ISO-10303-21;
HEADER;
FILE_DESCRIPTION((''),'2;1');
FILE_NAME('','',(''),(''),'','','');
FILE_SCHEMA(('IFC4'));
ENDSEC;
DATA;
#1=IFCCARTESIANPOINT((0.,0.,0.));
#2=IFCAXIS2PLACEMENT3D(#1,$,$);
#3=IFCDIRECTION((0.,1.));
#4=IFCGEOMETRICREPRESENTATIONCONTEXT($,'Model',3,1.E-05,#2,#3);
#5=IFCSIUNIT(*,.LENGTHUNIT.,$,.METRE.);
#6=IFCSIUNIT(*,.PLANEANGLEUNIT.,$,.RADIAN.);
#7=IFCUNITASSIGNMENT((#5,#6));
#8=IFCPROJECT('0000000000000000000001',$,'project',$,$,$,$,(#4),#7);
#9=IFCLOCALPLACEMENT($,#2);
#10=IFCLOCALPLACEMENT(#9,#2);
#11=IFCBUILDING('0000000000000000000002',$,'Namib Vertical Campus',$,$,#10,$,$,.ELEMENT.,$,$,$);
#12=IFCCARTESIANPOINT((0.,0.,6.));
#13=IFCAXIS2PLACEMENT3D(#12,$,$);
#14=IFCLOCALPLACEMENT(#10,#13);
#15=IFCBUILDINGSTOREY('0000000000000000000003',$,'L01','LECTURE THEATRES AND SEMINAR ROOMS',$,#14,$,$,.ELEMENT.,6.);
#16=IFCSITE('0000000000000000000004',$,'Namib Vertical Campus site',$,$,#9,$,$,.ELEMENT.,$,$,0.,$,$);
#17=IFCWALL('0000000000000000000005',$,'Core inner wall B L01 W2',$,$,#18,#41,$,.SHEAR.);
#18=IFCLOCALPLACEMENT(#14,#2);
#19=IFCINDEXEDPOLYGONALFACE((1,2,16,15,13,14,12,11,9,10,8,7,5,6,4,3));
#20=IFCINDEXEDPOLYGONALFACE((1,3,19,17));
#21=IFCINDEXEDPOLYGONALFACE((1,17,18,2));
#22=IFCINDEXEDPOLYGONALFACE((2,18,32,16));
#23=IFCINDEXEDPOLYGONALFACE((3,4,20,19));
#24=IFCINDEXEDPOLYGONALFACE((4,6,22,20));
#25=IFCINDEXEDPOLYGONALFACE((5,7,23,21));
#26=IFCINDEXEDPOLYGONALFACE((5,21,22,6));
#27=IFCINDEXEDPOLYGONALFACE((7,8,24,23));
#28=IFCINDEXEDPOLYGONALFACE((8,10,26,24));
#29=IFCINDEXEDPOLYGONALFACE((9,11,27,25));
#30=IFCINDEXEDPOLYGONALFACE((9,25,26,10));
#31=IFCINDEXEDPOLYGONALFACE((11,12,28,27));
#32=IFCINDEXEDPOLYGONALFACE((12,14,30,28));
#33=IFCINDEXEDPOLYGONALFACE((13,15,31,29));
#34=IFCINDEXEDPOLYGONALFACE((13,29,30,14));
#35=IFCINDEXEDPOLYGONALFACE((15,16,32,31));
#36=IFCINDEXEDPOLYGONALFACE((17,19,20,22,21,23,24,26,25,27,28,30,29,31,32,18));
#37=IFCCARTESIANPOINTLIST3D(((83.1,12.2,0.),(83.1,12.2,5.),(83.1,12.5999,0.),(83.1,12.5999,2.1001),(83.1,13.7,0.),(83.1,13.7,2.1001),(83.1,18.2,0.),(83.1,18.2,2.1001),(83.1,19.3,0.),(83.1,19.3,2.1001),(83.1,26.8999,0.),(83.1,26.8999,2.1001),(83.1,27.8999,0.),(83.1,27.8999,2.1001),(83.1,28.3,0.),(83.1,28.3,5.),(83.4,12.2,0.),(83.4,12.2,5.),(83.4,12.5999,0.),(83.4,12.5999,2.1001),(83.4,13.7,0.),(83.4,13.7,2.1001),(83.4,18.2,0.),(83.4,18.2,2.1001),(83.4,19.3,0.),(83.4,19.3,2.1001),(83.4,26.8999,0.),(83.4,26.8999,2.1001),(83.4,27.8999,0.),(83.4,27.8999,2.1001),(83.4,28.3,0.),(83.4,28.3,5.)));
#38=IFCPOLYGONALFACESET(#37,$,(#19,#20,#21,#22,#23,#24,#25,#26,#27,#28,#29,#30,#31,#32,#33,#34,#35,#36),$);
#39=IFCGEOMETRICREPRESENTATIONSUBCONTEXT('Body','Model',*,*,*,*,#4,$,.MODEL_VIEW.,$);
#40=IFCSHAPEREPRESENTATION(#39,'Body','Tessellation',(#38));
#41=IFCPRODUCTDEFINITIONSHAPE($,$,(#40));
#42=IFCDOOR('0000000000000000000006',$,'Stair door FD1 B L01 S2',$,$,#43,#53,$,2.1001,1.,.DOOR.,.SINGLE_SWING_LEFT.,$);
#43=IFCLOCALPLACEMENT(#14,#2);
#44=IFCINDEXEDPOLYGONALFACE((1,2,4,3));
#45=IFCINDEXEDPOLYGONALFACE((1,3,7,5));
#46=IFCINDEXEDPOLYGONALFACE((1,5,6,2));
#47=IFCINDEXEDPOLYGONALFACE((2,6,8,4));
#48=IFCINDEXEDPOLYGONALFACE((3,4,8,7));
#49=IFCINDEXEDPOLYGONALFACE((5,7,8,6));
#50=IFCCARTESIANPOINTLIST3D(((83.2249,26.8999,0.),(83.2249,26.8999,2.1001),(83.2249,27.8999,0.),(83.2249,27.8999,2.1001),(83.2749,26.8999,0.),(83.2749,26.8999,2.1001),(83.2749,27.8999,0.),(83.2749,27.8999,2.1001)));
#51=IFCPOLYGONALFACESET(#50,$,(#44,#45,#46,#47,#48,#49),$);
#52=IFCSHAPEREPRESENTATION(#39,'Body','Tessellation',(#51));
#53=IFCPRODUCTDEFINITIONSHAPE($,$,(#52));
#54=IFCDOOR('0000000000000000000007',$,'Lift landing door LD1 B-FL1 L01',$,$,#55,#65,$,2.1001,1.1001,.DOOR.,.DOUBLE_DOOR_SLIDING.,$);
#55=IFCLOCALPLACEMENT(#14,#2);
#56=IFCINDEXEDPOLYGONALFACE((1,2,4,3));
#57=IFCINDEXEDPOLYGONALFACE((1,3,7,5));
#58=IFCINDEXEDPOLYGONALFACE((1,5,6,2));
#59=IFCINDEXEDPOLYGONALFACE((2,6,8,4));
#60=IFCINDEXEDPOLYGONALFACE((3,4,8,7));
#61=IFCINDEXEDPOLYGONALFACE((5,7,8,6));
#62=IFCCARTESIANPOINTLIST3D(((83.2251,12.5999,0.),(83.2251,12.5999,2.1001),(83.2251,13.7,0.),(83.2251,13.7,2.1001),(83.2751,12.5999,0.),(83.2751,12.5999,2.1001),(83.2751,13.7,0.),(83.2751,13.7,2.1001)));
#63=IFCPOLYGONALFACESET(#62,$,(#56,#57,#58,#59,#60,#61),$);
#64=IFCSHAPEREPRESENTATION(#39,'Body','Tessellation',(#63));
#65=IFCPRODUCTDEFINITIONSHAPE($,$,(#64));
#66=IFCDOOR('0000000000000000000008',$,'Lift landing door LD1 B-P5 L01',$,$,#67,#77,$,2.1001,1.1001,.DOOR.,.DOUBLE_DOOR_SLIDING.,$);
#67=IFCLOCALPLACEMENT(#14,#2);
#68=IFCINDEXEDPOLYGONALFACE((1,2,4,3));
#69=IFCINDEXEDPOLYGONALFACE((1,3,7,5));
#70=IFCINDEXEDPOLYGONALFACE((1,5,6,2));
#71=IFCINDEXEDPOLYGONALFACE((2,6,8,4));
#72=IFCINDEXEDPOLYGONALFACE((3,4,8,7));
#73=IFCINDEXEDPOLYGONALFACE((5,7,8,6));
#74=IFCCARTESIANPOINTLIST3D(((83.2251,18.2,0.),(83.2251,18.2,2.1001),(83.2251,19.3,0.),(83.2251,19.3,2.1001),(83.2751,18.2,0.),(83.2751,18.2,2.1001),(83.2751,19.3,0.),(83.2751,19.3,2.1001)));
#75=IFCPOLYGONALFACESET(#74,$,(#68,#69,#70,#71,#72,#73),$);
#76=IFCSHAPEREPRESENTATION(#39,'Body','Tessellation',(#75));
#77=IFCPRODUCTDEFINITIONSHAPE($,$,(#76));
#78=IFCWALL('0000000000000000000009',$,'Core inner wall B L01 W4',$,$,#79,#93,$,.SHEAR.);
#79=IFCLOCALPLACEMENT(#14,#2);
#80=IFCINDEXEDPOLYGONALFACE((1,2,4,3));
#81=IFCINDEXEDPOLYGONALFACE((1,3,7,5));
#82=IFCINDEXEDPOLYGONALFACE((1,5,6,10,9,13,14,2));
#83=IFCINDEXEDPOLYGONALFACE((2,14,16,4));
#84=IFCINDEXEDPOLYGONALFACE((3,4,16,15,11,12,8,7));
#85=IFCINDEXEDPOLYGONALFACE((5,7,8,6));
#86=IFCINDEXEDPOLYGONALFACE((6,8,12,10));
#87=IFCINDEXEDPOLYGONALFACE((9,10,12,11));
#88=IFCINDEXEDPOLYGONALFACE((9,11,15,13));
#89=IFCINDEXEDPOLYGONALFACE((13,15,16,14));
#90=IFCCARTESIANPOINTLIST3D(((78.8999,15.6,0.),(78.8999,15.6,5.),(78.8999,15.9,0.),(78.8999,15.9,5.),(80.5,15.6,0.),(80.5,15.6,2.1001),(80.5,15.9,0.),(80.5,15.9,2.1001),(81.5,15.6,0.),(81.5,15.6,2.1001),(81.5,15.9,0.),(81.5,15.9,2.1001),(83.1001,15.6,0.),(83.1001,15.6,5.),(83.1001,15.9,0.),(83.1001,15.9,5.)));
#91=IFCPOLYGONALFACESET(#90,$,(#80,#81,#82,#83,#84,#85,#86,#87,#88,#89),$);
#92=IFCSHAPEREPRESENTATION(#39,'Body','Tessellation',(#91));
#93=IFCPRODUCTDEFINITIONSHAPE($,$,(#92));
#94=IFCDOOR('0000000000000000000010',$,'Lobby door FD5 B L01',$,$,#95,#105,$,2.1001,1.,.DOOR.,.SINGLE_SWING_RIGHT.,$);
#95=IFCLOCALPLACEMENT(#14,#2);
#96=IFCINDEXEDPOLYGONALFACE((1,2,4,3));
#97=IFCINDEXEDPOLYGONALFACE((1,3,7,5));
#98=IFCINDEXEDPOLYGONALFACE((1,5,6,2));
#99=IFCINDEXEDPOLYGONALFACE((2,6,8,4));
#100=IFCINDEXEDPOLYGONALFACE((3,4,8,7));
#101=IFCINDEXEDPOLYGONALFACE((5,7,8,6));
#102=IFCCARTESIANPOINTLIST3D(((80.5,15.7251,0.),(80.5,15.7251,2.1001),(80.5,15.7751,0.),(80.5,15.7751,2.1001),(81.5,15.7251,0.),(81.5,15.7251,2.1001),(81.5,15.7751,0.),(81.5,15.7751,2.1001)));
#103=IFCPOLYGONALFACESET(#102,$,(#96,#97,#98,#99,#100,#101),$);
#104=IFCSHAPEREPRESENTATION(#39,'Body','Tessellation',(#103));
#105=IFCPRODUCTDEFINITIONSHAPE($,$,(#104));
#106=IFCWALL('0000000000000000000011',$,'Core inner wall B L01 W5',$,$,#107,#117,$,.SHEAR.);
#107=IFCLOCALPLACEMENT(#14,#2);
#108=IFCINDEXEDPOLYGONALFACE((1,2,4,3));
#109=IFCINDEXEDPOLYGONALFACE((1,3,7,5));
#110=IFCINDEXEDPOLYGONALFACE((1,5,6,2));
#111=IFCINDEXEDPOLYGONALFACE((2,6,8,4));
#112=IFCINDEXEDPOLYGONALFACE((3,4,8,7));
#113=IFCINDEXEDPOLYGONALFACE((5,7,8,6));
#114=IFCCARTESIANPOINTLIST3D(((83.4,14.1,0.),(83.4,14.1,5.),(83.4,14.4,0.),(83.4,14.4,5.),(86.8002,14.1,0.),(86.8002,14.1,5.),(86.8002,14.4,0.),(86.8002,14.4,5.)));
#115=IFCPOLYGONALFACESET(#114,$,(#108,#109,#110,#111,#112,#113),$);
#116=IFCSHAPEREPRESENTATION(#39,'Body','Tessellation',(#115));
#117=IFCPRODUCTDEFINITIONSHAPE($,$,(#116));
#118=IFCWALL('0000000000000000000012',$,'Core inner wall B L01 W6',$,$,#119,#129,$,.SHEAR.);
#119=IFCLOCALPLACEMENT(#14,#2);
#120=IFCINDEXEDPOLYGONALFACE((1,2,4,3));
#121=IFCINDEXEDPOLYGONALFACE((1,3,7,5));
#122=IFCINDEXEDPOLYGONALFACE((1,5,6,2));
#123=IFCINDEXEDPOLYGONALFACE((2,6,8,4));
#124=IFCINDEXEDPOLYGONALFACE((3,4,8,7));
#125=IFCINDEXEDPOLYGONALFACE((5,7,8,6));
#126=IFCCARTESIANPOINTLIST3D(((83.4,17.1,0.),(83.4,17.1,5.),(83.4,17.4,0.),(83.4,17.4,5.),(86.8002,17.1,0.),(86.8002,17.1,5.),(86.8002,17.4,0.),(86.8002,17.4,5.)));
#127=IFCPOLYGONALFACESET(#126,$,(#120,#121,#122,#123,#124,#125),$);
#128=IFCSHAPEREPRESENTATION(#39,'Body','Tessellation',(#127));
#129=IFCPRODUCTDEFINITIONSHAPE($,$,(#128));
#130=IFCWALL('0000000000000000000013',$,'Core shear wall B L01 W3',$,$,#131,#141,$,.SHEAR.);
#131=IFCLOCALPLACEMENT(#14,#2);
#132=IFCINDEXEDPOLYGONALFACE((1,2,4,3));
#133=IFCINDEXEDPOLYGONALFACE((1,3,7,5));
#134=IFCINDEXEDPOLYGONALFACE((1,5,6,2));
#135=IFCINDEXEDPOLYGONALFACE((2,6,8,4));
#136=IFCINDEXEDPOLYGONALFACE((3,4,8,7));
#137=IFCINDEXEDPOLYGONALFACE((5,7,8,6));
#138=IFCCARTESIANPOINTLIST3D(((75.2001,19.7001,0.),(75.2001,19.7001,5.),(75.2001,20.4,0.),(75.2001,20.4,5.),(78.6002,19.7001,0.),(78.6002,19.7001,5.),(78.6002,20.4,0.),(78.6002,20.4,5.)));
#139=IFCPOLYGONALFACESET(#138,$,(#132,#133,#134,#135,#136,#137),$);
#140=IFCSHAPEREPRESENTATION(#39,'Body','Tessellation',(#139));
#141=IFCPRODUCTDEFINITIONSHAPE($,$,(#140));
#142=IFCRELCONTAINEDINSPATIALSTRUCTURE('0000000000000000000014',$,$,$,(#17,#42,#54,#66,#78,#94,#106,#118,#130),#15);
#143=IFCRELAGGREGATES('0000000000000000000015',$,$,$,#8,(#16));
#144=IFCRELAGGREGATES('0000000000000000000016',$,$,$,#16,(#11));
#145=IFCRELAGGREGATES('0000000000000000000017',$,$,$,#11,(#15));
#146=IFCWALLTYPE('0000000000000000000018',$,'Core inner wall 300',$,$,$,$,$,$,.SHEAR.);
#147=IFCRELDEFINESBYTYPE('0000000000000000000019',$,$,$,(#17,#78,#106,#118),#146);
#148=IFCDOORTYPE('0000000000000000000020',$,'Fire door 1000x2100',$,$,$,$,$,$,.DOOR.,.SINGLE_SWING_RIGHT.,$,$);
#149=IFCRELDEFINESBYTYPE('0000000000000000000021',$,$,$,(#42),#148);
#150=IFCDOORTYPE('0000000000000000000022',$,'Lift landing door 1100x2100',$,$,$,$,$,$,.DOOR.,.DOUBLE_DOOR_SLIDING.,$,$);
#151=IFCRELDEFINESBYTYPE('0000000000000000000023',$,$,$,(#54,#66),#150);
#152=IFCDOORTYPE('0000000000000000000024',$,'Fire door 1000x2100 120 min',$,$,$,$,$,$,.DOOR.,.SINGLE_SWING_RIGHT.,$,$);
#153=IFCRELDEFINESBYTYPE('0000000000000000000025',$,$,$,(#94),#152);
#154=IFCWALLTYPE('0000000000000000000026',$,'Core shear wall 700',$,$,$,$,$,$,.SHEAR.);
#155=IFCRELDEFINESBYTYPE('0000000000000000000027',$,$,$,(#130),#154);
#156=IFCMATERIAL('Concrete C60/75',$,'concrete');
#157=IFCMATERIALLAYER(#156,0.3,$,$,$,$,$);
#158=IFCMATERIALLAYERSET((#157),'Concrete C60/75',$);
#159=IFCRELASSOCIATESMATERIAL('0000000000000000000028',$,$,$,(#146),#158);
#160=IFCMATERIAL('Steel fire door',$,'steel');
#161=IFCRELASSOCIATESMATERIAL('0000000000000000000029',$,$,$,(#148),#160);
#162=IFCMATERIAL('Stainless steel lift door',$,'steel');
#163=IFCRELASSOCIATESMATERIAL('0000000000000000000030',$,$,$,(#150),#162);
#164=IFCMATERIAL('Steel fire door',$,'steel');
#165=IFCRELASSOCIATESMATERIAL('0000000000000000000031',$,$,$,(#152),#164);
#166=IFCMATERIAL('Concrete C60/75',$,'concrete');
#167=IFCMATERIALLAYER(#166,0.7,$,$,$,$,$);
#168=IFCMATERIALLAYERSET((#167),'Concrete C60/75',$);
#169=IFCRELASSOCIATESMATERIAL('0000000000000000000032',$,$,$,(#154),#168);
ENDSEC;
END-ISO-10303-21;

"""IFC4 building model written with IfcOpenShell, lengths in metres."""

from ifc_helpers import new_model, si_unit, direction, frame, frame_2d, origin, place, context, subcontext, project, spatial, rectangle, extrude, material, layer, layer_set, type_object, element, fill, save


model = new_model("IFC4")

# Units and contexts
model_context = context("Model", 3, precision=1e-05, world=origin(), true_north=direction((0.0, 1.0)))
body_context = subcontext(model_context, "Body", "Model", "MODEL_VIEW")
ifc_project = project(units=[si_unit("LENGTHUNIT", "METRE"), si_unit("PLANEANGLEUNIT", "RADIAN")], contexts=[model_context])

# Site, building, storey
site_placement = place(None, origin())
site = spatial("IfcSite", under=ifc_project, at=site_placement, Name="Namib Vertical Campus site", CompositionType="ELEMENT", RefElevation=0.0)
building_placement = place(site_placement, origin())
building = spatial("IfcBuilding", under=site, at=building_placement, Name="Namib Vertical Campus", CompositionType="ELEMENT")
storey_placement = place(building_placement, frame((0.0, 0.0, 6.0)))
storey = spatial("IfcBuildingStorey", under=building, at=storey_placement, Name="L01", Description="LECTURE THEATRES AND SEMINAR ROOMS", CompositionType="ELEMENT", Elevation=6.0)

# Wall, openings, doors
ifc_material_1 = material(Name="Concrete C60/75", Category="concrete")
ifc_layer_1 = layer(ifc_material_1, 0.3)
ifc_layer_set_1 = layer_set([ifc_layer_1], Name="Concrete C60/75")
wall_type_1 = type_object("IfcWallType", Name="Core inner wall 300", PredefinedType="SHEAR", material=ifc_layer_set_1)
ifc_material_2 = material(Name="Steel fire door", Category="steel")
door_type_1 = type_object("IfcDoorType", Name="Fire door 1000x2100", OperationType="SINGLE_SWING_RIGHT", PredefinedType="DOOR", material=ifc_material_2)
ifc_material_3 = material(Name="Stainless steel lift door", Category="steel")
door_type_2 = type_object("IfcDoorType", Name="Lift landing door 1100x2100", OperationType="DOUBLE_DOOR_SLIDING", PredefinedType="DOOR", material=ifc_material_3)
wall_1_placement = place(storey_placement, frame((83.25, 12.2, 0.0), z_axis=(0.0, 0.0, 1.0), x_axis=(0.0, 1.0, 0.0)))
wall_1 = element("IfcWall", 1, at=wall_1_placement, inside=storey, type_object=wall_type_1, Name="Core inner wall B L01 W2", PredefinedType="SHEAR", context=body_context, shape_type="SweptSolid", body=[
    extrude(rectangle(XDim=16.1001, YDim=0.3, at=frame_2d((8.05, 0.0))), origin(), (0.0, 0.0, 1.0), 5.0),
])
opening_1_placement = place(wall_1_placement, frame((14.7, 0.0, 0.0)))
opening_1 = element("IfcOpeningElement", 2, at=opening_1_placement, cuts=wall_1, PredefinedType="OPENING", context=body_context, shape_type="SweptSolid", body=[
    extrude(rectangle(XDim=1.0, YDim=2.1001, at=frame_2d((0.5, 1.05))), frame((0.0, 0.1599, 0.0), z_axis=(0.0, -1.0, 0.0), x_axis=(1.0, 0.0, 0.0)), (0.0, 0.0, 1.0), 0.3201),
])
opening_2_placement = place(wall_1_placement, frame((0.3999, 0.0, 0.0)))
opening_2 = element("IfcOpeningElement", 3, at=opening_2_placement, cuts=wall_1, PredefinedType="OPENING", context=body_context, shape_type="SweptSolid", body=[
    extrude(rectangle(XDim=1.1001, YDim=2.1001, at=frame_2d((0.55, 1.05))), frame((0.0, 0.1599, 0.0), z_axis=(0.0, -1.0, 0.0), x_axis=(1.0, 0.0, 0.0)), (0.0, 0.0, 1.0), 0.3201),
])
opening_3_placement = place(wall_1_placement, frame((6.0, 0.0, 0.0)))
opening_3 = element("IfcOpeningElement", 4, at=opening_3_placement, cuts=wall_1, PredefinedType="OPENING", context=body_context, shape_type="SweptSolid", body=[
    extrude(rectangle(XDim=1.1001, YDim=2.1001, at=frame_2d((0.55, 1.05))), frame((0.0, 0.1599, 0.0), z_axis=(0.0, -1.0, 0.0), x_axis=(1.0, 0.0, 0.0)), (0.0, 0.0, 1.0), 0.3201),
])
door_1_placement = place(opening_1_placement, frame((1.0, 0.0, 0.0), z_axis=(0.0, 0.0, 1.0), x_axis=(-1.0, 0.0, 0.0)))
door_1 = element("IfcDoor", 5, at=door_1_placement, inside=storey, type_object=door_type_1, Name="Stair door FD1 B L01 S2", OperationType="SINGLE_SWING_LEFT", OverallHeight=2.1001, OverallWidth=1.0, PredefinedType="DOOR", context=body_context, shape_type="SweptSolid", body=[
    extrude(rectangle(XDim=1.0, YDim=2.1001, at=frame_2d((0.5, 1.05))), frame((0.0, 0.0249, 0.0), z_axis=(0.0, -1.0, 0.0), x_axis=(1.0, 0.0, 0.0)), (0.0, 0.0, 1.0), 0.05),
])
fill(opening_1, door_1)
door_2_placement = place(opening_2_placement, origin())
door_2 = element("IfcDoor", 6, at=door_2_placement, inside=storey, type_object=door_type_2, Name="Lift landing door LD1 B-FL1 L01", OperationType="DOUBLE_DOOR_SLIDING", OverallHeight=2.1001, OverallWidth=1.1001, PredefinedType="DOOR", context=body_context, shape_type="SweptSolid", body=[
    extrude(rectangle(XDim=1.1001, YDim=2.1001, at=frame_2d((0.55, 1.05))), frame((0.0, 0.0249, 0.0), z_axis=(0.0, -1.0, 0.0), x_axis=(1.0, 0.0, 0.0)), (0.0, 0.0, 1.0), 0.05),
])
fill(opening_2, door_2)
door_3_placement = place(opening_3_placement, origin())
door_3 = element("IfcDoor", 7, at=door_3_placement, inside=storey, type_object=door_type_2, Name="Lift landing door LD1 B-P5 L01", OperationType="DOUBLE_DOOR_SLIDING", OverallHeight=2.1001, OverallWidth=1.1001, PredefinedType="DOOR", context=body_context, shape_type="SweptSolid", body=[
    extrude(rectangle(XDim=1.1001, YDim=2.1001, at=frame_2d((0.55, 1.05))), frame((0.0, 0.0249, 0.0), z_axis=(0.0, -1.0, 0.0), x_axis=(1.0, 0.0, 0.0)), (0.0, 0.0, 1.0), 0.05),
])
fill(opening_3, door_3)

# Wall, opening, door
wall_2_placement = place(storey_placement, frame((78.8999, 15.75, 0.0), z_axis=(0.0, 0.0, 1.0), x_axis=(1.0, 0.0, 0.0)))
wall_2 = element("IfcWall", 8, at=wall_2_placement, inside=storey, type_object=wall_type_1, Name="Core inner wall B L01 W4", PredefinedType="SHEAR", context=body_context, shape_type="SweptSolid", body=[
    extrude(rectangle(XDim=4.2002, YDim=0.3, at=frame_2d((2.1001, 0.0))), origin(), (0.0, 0.0, 1.0), 5.0),
])
opening_4_placement = place(wall_2_placement, frame((1.6001, 0.0, 0.0)))
opening_4 = element("IfcOpeningElement", 9, at=opening_4_placement, cuts=wall_2, PredefinedType="OPENING", context=body_context, shape_type="SweptSolid", body=[
    extrude(rectangle(XDim=1.0, YDim=2.1001, at=frame_2d((0.5, 1.05))), frame((0.0, 0.1599, 0.0), z_axis=(0.0, -1.0, 0.0), x_axis=(1.0, 0.0, 0.0)), (0.0, 0.0, 1.0), 0.3201),
])
ifc_material_4 = material(Name="Steel fire door", Category="steel")
door_type_3 = type_object("IfcDoorType", Name="Fire door 1000x2100 120 min", OperationType="SINGLE_SWING_RIGHT", PredefinedType="DOOR", material=ifc_material_4)
door_4_placement = place(opening_4_placement, frame((1.0, 0.0, 0.0), z_axis=(0.0, 0.0, 1.0), x_axis=(-1.0, 0.0, 0.0)))
door_4 = element("IfcDoor", 10, at=door_4_placement, inside=storey, type_object=door_type_3, Name="Lobby door FD5 B L01", OperationType="SINGLE_SWING_RIGHT", OverallHeight=2.1001, OverallWidth=1.0, PredefinedType="DOOR", context=body_context, shape_type="SweptSolid", body=[
    extrude(rectangle(XDim=1.0, YDim=2.1001, at=frame_2d((0.5, 1.05))), frame((0.0, 0.0249, 0.0), z_axis=(0.0, -1.0, 0.0), x_axis=(1.0, 0.0, 0.0)), (0.0, 0.0, 1.0), 0.05),
])
fill(opening_4, door_4)

# Walls
for number, where, z_axis, x_axis, name in (
    (11, (83.3999, 14.25, 0.0), (0.0, 0.0, 1.0), (1.0, 0.0, 0.0), "Core inner wall B L01 W5"),
    (12, (83.3999, 17.25, 0.0), (0.0, 0.0, 1.0), (1.0, 0.0, 0.0), "Core inner wall B L01 W6"),
):
    element("IfcWall", number, at=place(storey_placement, frame(where, z_axis=z_axis, x_axis=x_axis)), inside=storey, type_object=wall_type_1, Name=name, PredefinedType="SHEAR", context=body_context, shape_type="SweptSolid", body=[
        extrude(rectangle(XDim=3.4001, YDim=0.3, at=frame_2d((1.7002, 0.0))), origin(), (0.0, 0.0, 1.0), 5.0),
    ])
ifc_material_5 = material(Name="Concrete C60/75", Category="concrete")
ifc_layer_2 = layer(ifc_material_5, 0.7)
ifc_layer_set_2 = layer_set([ifc_layer_2], Name="Concrete C60/75")
wall_type_2 = type_object("IfcWallType", Name="Core shear wall 700", PredefinedType="SHEAR", material=ifc_layer_set_2)
wall_3_placement = place(storey_placement, frame((75.2, 20.05, 0.0), z_axis=(0.0, 0.0, 1.0), x_axis=(1.0, 0.0, 0.0)))
element("IfcWall", 13, at=wall_3_placement, inside=storey, type_object=wall_type_2, Name="Core shear wall B L01 W3", PredefinedType="SHEAR", context=body_context, shape_type="SweptSolid", body=[
    extrude(rectangle(XDim=3.4001, YDim=0.7, at=frame_2d((1.7002, 0.0))), origin(), (0.0, 0.0, 1.0), 5.0),
])

save(model, "model.ifc")
